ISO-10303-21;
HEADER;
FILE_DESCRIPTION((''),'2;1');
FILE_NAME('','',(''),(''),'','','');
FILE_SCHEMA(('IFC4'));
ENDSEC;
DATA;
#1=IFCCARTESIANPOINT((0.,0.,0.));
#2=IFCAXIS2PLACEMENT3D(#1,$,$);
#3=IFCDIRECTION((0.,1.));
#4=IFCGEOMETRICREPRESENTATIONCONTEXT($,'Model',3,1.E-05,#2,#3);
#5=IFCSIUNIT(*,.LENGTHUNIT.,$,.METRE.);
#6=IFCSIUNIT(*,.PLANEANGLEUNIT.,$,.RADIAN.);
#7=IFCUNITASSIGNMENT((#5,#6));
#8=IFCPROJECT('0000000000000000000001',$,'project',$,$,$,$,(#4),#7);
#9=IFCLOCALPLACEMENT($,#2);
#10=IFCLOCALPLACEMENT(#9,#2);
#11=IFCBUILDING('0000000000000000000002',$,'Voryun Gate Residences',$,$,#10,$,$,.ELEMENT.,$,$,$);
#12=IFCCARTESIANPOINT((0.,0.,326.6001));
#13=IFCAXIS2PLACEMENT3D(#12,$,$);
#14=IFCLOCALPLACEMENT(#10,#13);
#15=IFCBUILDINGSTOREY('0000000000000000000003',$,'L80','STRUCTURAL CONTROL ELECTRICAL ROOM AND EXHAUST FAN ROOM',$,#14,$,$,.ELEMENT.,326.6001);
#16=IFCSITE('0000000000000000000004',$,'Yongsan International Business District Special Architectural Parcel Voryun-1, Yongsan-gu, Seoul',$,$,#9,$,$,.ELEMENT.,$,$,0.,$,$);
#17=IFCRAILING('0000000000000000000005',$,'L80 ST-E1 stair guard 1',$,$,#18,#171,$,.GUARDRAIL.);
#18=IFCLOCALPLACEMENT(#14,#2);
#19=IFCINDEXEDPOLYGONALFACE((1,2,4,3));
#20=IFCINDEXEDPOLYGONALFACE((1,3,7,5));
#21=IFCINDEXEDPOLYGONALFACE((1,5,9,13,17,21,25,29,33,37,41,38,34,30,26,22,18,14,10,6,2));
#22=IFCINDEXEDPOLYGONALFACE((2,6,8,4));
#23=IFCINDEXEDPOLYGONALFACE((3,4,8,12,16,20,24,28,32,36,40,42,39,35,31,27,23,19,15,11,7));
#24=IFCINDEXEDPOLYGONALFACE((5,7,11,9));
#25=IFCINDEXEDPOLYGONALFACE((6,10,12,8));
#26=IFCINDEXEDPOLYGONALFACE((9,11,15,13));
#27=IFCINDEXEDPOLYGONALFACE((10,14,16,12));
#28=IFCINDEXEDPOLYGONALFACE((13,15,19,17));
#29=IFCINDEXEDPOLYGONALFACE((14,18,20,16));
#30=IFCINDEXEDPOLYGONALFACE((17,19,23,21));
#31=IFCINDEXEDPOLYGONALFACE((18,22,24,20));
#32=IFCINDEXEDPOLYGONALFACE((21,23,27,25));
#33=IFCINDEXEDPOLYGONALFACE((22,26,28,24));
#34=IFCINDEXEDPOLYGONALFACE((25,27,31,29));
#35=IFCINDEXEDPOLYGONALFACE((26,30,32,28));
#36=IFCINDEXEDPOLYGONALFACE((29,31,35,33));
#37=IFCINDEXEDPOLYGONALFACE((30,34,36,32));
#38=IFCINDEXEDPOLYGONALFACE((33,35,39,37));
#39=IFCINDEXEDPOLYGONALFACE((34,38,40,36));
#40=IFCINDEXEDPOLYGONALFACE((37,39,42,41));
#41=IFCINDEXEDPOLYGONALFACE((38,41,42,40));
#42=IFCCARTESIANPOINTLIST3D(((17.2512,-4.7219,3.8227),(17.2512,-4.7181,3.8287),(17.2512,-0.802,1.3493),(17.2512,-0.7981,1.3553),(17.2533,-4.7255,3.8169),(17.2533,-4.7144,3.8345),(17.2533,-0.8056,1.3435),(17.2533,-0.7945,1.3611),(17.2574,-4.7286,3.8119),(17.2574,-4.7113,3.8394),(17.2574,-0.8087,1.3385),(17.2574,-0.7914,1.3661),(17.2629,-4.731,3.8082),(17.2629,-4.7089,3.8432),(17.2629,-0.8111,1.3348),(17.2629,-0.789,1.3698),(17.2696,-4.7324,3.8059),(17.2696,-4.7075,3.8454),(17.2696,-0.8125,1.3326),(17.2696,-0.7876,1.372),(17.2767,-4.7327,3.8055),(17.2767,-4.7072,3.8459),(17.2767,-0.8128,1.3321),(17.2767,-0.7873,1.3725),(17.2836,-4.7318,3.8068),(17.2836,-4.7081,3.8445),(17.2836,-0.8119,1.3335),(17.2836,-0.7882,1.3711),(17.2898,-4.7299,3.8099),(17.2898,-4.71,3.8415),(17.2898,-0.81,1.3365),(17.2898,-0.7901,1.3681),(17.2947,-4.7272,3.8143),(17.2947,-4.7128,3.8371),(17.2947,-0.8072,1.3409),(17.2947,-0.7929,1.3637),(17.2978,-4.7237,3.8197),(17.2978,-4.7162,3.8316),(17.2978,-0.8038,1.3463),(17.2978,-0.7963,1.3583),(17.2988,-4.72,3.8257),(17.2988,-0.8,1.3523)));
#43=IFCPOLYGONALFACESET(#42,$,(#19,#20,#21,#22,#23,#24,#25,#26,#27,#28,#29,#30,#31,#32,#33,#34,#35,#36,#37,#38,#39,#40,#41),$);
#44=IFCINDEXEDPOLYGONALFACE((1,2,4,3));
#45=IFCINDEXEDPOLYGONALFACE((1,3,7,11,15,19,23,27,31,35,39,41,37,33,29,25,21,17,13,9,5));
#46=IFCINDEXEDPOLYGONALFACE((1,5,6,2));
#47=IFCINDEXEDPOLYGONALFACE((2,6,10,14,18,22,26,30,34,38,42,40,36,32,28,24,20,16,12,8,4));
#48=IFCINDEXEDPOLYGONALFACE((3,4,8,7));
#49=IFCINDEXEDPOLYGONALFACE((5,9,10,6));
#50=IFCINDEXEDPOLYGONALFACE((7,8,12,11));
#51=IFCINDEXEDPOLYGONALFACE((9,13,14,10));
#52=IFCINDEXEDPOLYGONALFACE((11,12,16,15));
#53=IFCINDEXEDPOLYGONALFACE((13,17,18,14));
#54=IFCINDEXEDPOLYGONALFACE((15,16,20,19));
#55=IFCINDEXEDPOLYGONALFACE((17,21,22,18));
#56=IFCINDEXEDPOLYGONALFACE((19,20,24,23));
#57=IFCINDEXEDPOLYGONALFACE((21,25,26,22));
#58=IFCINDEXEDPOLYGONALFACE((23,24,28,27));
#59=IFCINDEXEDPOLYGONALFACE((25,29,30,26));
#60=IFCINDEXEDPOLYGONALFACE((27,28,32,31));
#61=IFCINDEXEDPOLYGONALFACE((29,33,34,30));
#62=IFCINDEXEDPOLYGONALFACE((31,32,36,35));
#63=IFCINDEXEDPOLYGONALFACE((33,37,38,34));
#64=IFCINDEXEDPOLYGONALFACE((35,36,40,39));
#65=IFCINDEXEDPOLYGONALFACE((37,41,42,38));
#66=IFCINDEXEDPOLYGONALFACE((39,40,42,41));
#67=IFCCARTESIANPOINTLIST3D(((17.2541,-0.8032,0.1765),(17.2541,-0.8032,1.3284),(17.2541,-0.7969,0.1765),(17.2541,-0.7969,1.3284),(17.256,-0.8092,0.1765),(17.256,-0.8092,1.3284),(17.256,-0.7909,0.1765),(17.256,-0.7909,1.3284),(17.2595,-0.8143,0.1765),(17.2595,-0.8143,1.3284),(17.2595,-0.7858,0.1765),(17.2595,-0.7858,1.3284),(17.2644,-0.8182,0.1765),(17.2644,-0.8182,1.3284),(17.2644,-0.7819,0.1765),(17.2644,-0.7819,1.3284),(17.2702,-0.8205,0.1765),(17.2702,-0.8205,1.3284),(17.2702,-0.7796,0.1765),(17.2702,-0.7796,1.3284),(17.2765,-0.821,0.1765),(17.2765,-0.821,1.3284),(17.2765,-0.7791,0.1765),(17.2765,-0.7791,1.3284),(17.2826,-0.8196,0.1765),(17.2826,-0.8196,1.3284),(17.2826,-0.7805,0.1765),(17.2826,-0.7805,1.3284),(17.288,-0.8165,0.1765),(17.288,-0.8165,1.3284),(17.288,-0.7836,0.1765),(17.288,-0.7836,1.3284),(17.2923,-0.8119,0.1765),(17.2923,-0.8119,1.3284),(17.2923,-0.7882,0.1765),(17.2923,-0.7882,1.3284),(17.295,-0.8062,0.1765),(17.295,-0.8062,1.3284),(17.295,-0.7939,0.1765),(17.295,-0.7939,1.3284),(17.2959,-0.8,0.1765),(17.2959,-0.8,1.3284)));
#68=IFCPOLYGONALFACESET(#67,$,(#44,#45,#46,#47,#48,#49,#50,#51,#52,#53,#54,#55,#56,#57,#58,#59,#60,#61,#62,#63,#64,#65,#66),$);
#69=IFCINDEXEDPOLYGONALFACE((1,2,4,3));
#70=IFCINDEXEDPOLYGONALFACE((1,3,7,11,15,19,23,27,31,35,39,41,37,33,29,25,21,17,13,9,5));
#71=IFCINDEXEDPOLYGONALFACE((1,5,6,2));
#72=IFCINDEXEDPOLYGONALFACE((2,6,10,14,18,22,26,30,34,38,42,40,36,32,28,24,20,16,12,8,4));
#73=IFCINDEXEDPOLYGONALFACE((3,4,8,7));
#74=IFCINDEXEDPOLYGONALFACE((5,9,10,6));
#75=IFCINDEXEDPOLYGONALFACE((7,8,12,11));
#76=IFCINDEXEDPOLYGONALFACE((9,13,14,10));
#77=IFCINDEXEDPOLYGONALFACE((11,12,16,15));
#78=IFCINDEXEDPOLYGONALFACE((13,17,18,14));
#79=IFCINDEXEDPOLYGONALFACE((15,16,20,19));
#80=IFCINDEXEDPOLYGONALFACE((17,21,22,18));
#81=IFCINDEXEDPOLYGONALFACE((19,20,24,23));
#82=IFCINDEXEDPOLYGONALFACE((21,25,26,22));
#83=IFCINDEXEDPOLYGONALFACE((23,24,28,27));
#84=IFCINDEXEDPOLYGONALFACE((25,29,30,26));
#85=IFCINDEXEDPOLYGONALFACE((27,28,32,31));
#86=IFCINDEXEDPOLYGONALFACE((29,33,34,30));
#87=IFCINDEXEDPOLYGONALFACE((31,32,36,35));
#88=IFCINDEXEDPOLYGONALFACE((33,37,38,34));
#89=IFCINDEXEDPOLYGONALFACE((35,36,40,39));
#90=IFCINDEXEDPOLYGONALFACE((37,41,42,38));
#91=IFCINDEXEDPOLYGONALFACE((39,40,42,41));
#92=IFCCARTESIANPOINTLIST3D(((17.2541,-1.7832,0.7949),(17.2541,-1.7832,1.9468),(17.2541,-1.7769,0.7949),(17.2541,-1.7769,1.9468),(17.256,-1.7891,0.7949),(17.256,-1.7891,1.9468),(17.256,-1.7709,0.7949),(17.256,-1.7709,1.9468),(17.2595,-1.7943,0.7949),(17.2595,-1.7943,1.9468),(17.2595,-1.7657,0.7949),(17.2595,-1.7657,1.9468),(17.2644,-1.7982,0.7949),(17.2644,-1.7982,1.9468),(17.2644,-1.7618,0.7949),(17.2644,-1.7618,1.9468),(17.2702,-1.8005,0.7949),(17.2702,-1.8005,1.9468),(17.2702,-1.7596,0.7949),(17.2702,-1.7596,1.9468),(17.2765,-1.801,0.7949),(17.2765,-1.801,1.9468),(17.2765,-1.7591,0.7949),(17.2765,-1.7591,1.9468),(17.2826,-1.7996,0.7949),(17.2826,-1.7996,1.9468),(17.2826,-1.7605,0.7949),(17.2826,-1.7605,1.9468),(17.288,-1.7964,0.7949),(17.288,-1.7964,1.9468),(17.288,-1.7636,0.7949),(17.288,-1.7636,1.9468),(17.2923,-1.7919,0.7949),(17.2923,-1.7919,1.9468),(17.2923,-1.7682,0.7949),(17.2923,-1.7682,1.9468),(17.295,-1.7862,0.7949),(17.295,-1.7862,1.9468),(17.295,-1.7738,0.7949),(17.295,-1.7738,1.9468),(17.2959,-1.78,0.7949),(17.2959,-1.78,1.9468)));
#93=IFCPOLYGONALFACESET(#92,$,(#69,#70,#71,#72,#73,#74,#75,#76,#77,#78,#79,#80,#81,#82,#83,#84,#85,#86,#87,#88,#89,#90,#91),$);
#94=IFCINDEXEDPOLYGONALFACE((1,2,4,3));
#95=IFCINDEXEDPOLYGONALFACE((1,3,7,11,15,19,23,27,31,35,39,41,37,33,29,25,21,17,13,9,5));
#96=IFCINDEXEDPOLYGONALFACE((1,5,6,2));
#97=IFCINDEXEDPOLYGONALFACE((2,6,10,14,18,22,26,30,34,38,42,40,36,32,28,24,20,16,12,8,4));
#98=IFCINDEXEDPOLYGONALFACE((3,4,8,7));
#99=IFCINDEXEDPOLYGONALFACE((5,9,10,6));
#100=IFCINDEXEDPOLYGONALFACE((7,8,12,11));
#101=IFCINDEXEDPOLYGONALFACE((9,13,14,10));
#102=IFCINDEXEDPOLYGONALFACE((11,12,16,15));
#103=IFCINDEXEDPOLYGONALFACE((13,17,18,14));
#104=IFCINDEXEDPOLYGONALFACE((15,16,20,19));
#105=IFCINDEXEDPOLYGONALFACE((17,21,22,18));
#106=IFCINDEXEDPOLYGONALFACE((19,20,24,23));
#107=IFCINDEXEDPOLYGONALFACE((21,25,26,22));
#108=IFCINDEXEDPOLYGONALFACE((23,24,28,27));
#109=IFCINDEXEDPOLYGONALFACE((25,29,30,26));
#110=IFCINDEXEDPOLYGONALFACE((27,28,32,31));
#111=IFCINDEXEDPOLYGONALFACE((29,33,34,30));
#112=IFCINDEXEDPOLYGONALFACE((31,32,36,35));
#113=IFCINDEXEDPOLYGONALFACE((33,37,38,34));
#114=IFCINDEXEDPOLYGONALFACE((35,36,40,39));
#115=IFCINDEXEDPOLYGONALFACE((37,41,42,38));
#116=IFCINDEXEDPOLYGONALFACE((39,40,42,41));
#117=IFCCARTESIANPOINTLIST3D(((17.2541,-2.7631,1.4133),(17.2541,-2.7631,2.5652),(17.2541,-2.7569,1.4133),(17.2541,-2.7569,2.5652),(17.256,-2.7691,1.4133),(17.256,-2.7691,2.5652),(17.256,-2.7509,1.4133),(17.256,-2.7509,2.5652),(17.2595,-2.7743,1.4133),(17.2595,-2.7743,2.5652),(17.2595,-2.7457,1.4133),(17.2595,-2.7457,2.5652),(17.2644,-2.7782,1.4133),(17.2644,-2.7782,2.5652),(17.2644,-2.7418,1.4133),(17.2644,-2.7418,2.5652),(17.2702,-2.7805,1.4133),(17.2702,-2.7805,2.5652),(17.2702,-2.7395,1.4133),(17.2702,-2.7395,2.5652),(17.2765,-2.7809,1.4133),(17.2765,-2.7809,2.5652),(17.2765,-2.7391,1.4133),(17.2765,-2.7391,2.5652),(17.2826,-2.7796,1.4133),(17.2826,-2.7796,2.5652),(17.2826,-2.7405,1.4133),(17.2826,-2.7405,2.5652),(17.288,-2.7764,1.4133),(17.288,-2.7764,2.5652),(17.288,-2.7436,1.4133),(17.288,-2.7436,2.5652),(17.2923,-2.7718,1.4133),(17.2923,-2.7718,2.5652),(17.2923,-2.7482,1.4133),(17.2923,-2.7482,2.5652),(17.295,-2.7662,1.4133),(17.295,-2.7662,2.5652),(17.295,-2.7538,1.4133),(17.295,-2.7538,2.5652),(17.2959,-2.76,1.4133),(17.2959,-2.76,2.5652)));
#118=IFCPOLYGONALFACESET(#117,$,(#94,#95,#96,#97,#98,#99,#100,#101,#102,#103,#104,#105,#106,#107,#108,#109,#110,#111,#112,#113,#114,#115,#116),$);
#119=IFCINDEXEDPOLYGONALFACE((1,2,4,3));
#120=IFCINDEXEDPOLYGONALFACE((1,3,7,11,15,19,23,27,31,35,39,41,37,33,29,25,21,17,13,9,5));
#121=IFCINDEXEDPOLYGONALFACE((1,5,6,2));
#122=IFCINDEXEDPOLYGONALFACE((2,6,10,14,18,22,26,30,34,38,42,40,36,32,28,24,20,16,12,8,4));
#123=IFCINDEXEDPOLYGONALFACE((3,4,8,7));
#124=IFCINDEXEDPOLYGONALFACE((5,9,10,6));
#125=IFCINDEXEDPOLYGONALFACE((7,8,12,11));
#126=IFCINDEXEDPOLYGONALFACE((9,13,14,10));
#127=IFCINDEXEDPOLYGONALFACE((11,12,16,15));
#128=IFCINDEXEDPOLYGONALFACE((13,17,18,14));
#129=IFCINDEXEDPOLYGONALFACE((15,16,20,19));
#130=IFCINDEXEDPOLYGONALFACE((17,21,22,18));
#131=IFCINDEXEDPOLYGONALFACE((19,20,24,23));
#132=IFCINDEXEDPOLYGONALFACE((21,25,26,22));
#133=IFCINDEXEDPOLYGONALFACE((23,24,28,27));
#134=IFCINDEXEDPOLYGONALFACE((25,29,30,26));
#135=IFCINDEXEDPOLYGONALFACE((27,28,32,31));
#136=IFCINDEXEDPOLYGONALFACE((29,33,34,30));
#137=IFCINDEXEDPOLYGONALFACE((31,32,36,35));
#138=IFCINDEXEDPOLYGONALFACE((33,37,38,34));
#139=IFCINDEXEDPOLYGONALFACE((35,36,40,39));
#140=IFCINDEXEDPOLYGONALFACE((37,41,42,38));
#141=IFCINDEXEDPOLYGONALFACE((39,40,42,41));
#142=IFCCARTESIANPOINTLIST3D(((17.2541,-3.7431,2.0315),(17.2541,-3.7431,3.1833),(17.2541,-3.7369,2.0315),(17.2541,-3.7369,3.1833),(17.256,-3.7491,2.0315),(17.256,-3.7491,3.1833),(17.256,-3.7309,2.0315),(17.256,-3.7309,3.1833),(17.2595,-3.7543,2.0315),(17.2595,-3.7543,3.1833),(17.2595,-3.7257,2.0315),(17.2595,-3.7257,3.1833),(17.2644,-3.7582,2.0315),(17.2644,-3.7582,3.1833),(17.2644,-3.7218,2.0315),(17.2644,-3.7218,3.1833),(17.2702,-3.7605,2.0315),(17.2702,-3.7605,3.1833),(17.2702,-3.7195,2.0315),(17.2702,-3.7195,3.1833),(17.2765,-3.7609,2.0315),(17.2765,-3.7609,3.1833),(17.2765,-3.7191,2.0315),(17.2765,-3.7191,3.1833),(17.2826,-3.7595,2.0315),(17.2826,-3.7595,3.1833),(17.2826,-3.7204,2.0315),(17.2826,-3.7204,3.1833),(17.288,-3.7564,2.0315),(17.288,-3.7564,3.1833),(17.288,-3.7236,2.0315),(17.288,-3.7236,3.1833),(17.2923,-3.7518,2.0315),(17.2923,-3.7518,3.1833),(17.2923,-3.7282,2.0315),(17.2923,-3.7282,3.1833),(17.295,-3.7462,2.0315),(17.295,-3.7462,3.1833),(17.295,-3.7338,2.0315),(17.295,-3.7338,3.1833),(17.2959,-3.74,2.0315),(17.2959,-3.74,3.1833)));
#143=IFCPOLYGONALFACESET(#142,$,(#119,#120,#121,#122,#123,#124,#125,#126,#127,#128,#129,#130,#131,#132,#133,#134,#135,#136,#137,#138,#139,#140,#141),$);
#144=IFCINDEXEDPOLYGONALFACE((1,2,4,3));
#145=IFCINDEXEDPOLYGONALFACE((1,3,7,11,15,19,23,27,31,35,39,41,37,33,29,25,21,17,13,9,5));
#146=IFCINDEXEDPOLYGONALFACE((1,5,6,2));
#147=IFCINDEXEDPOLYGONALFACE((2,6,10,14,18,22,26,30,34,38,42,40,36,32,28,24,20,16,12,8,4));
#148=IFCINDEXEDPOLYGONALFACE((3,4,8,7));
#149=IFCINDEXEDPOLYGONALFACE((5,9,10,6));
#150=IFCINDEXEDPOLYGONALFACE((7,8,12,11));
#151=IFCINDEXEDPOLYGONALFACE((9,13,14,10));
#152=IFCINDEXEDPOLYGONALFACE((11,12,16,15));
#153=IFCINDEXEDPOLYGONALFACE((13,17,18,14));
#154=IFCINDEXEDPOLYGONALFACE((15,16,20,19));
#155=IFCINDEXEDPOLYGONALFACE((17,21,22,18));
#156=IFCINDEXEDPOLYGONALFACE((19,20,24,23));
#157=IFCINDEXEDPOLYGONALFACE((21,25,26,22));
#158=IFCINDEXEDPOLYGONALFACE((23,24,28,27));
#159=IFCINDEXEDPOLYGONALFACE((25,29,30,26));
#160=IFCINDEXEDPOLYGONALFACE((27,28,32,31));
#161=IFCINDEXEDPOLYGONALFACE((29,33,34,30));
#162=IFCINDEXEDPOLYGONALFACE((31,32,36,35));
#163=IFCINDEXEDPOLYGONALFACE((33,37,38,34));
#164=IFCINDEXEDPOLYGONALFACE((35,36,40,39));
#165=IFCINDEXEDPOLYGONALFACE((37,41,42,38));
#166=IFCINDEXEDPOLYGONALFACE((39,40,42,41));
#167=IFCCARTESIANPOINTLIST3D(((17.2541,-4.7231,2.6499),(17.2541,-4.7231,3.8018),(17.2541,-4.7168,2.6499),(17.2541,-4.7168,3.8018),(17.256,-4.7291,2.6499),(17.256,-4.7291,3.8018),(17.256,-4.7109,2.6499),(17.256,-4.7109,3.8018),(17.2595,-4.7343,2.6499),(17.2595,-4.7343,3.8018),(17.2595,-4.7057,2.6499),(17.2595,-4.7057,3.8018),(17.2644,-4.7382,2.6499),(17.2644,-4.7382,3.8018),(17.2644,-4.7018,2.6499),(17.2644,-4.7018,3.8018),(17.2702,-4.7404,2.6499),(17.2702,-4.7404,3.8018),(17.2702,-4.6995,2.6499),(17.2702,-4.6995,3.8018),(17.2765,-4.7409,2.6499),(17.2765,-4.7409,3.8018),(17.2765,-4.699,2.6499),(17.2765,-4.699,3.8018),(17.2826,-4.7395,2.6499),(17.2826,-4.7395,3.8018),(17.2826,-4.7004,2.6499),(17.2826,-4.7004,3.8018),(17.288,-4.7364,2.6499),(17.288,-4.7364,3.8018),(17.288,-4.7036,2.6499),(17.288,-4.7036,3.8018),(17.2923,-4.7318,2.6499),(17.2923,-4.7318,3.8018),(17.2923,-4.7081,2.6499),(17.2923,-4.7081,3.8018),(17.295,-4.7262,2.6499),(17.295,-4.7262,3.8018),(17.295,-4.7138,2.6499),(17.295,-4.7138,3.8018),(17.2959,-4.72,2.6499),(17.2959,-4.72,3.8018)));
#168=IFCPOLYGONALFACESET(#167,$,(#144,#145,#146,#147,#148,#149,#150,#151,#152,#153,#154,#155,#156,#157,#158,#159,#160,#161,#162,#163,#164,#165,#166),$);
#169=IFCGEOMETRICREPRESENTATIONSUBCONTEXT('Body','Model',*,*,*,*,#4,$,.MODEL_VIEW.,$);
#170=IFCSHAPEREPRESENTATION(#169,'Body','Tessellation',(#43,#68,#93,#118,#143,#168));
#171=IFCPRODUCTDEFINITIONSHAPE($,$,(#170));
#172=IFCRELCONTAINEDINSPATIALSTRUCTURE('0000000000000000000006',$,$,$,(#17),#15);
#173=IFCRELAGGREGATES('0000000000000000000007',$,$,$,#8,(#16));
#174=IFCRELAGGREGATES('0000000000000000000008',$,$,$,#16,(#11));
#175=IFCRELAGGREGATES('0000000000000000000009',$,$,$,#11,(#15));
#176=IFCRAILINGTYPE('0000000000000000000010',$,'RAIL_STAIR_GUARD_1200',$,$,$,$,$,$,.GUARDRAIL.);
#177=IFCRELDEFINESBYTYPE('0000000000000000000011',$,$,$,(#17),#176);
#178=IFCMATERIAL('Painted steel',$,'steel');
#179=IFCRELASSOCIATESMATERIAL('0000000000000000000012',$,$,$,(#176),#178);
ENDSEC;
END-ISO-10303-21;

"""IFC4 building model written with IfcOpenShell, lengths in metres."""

from ifc_helpers import new_model, si_unit, direction, frame, origin, origin_2d, place, context, subcontext, project, spatial, circle, extrude, material, type_object, element, save


model = new_model("IFC4")

# Units and contexts
model_context = context("Model", 3, precision=1e-05, world=origin(), true_north=direction((0.0, 1.0)))
body_context = subcontext(model_context, "Body", "Model", "MODEL_VIEW")
ifc_project = project(units=[si_unit("LENGTHUNIT", "METRE"), si_unit("PLANEANGLEUNIT", "RADIAN")], contexts=[model_context])

# Site, building, storey
site_placement = place(None, origin())
site = spatial("IfcSite", under=ifc_project, at=site_placement, Name="Yongsan International Business District Special Architectural Parcel Voryun-1, Yongsan-gu, Seoul", CompositionType="ELEMENT", RefElevation=0.0)
building_placement = place(site_placement, origin())
building = spatial("IfcBuilding", under=site, at=building_placement, Name="Voryun Gate Residences", CompositionType="ELEMENT")
storey_placement = place(building_placement, frame((0.0, 0.0, 326.6001)))
storey = spatial("IfcBuildingStorey", under=building, at=storey_placement, Name="L80", Description="STRUCTURAL CONTROL ELECTRICAL ROOM AND EXHAUST FAN ROOM", CompositionType="ELEMENT", Elevation=326.6001)

# Railing
ifc_material_1 = material(Name="Painted steel", Category="steel")
railing_type_1 = type_object("IfcRailingType", Name="RAIL_STAIR_GUARD_1200", PredefinedType="GUARDRAIL", material=ifc_material_1)
railing_1_placement = place(storey_placement, frame((17.2749, -0.8, 0.1765)))
element("IfcRailing", 1, at=railing_1_placement, inside=storey, type_object=railing_type_1, Name="L80 ST-E1 stair guard 1", PredefinedType="GUARDRAIL", context=body_context, shape_type="SweptSolid", body=[
    extrude(circle(Radius=0.0239, at=origin_2d()), frame((0.0, 0.0, 1.1758), z_axis=(0.0, -0.845718, 0.53363), x_axis=(1.0, 0.0, 0.0)), (0.0, 0.0, 1.0), 4.635),
    extrude(circle(Radius=0.021, at=origin_2d()), origin(), (0.0, 0.0, 1.0), 1.1519),
    extrude(circle(Radius=0.021, at=origin_2d()), frame((0.0, -0.98, 0.6184)), (0.0, 0.0, 1.0), 1.1519),
    extrude(circle(Radius=0.021, at=origin_2d()), frame((0.0, -1.96, 1.2368)), (0.0, 0.0, 1.0), 1.1519),
    extrude(circle(Radius=0.021, at=origin_2d()), frame((0.0, -2.9399, 1.855)), (0.0, 0.0, 1.0), 1.1519),
    extrude(circle(Radius=0.021, at=origin_2d()), frame((0.0, -3.9199, 2.4734)), (0.0, 0.0, 1.0), 1.1519),
])

save(model, "model.ifc")
